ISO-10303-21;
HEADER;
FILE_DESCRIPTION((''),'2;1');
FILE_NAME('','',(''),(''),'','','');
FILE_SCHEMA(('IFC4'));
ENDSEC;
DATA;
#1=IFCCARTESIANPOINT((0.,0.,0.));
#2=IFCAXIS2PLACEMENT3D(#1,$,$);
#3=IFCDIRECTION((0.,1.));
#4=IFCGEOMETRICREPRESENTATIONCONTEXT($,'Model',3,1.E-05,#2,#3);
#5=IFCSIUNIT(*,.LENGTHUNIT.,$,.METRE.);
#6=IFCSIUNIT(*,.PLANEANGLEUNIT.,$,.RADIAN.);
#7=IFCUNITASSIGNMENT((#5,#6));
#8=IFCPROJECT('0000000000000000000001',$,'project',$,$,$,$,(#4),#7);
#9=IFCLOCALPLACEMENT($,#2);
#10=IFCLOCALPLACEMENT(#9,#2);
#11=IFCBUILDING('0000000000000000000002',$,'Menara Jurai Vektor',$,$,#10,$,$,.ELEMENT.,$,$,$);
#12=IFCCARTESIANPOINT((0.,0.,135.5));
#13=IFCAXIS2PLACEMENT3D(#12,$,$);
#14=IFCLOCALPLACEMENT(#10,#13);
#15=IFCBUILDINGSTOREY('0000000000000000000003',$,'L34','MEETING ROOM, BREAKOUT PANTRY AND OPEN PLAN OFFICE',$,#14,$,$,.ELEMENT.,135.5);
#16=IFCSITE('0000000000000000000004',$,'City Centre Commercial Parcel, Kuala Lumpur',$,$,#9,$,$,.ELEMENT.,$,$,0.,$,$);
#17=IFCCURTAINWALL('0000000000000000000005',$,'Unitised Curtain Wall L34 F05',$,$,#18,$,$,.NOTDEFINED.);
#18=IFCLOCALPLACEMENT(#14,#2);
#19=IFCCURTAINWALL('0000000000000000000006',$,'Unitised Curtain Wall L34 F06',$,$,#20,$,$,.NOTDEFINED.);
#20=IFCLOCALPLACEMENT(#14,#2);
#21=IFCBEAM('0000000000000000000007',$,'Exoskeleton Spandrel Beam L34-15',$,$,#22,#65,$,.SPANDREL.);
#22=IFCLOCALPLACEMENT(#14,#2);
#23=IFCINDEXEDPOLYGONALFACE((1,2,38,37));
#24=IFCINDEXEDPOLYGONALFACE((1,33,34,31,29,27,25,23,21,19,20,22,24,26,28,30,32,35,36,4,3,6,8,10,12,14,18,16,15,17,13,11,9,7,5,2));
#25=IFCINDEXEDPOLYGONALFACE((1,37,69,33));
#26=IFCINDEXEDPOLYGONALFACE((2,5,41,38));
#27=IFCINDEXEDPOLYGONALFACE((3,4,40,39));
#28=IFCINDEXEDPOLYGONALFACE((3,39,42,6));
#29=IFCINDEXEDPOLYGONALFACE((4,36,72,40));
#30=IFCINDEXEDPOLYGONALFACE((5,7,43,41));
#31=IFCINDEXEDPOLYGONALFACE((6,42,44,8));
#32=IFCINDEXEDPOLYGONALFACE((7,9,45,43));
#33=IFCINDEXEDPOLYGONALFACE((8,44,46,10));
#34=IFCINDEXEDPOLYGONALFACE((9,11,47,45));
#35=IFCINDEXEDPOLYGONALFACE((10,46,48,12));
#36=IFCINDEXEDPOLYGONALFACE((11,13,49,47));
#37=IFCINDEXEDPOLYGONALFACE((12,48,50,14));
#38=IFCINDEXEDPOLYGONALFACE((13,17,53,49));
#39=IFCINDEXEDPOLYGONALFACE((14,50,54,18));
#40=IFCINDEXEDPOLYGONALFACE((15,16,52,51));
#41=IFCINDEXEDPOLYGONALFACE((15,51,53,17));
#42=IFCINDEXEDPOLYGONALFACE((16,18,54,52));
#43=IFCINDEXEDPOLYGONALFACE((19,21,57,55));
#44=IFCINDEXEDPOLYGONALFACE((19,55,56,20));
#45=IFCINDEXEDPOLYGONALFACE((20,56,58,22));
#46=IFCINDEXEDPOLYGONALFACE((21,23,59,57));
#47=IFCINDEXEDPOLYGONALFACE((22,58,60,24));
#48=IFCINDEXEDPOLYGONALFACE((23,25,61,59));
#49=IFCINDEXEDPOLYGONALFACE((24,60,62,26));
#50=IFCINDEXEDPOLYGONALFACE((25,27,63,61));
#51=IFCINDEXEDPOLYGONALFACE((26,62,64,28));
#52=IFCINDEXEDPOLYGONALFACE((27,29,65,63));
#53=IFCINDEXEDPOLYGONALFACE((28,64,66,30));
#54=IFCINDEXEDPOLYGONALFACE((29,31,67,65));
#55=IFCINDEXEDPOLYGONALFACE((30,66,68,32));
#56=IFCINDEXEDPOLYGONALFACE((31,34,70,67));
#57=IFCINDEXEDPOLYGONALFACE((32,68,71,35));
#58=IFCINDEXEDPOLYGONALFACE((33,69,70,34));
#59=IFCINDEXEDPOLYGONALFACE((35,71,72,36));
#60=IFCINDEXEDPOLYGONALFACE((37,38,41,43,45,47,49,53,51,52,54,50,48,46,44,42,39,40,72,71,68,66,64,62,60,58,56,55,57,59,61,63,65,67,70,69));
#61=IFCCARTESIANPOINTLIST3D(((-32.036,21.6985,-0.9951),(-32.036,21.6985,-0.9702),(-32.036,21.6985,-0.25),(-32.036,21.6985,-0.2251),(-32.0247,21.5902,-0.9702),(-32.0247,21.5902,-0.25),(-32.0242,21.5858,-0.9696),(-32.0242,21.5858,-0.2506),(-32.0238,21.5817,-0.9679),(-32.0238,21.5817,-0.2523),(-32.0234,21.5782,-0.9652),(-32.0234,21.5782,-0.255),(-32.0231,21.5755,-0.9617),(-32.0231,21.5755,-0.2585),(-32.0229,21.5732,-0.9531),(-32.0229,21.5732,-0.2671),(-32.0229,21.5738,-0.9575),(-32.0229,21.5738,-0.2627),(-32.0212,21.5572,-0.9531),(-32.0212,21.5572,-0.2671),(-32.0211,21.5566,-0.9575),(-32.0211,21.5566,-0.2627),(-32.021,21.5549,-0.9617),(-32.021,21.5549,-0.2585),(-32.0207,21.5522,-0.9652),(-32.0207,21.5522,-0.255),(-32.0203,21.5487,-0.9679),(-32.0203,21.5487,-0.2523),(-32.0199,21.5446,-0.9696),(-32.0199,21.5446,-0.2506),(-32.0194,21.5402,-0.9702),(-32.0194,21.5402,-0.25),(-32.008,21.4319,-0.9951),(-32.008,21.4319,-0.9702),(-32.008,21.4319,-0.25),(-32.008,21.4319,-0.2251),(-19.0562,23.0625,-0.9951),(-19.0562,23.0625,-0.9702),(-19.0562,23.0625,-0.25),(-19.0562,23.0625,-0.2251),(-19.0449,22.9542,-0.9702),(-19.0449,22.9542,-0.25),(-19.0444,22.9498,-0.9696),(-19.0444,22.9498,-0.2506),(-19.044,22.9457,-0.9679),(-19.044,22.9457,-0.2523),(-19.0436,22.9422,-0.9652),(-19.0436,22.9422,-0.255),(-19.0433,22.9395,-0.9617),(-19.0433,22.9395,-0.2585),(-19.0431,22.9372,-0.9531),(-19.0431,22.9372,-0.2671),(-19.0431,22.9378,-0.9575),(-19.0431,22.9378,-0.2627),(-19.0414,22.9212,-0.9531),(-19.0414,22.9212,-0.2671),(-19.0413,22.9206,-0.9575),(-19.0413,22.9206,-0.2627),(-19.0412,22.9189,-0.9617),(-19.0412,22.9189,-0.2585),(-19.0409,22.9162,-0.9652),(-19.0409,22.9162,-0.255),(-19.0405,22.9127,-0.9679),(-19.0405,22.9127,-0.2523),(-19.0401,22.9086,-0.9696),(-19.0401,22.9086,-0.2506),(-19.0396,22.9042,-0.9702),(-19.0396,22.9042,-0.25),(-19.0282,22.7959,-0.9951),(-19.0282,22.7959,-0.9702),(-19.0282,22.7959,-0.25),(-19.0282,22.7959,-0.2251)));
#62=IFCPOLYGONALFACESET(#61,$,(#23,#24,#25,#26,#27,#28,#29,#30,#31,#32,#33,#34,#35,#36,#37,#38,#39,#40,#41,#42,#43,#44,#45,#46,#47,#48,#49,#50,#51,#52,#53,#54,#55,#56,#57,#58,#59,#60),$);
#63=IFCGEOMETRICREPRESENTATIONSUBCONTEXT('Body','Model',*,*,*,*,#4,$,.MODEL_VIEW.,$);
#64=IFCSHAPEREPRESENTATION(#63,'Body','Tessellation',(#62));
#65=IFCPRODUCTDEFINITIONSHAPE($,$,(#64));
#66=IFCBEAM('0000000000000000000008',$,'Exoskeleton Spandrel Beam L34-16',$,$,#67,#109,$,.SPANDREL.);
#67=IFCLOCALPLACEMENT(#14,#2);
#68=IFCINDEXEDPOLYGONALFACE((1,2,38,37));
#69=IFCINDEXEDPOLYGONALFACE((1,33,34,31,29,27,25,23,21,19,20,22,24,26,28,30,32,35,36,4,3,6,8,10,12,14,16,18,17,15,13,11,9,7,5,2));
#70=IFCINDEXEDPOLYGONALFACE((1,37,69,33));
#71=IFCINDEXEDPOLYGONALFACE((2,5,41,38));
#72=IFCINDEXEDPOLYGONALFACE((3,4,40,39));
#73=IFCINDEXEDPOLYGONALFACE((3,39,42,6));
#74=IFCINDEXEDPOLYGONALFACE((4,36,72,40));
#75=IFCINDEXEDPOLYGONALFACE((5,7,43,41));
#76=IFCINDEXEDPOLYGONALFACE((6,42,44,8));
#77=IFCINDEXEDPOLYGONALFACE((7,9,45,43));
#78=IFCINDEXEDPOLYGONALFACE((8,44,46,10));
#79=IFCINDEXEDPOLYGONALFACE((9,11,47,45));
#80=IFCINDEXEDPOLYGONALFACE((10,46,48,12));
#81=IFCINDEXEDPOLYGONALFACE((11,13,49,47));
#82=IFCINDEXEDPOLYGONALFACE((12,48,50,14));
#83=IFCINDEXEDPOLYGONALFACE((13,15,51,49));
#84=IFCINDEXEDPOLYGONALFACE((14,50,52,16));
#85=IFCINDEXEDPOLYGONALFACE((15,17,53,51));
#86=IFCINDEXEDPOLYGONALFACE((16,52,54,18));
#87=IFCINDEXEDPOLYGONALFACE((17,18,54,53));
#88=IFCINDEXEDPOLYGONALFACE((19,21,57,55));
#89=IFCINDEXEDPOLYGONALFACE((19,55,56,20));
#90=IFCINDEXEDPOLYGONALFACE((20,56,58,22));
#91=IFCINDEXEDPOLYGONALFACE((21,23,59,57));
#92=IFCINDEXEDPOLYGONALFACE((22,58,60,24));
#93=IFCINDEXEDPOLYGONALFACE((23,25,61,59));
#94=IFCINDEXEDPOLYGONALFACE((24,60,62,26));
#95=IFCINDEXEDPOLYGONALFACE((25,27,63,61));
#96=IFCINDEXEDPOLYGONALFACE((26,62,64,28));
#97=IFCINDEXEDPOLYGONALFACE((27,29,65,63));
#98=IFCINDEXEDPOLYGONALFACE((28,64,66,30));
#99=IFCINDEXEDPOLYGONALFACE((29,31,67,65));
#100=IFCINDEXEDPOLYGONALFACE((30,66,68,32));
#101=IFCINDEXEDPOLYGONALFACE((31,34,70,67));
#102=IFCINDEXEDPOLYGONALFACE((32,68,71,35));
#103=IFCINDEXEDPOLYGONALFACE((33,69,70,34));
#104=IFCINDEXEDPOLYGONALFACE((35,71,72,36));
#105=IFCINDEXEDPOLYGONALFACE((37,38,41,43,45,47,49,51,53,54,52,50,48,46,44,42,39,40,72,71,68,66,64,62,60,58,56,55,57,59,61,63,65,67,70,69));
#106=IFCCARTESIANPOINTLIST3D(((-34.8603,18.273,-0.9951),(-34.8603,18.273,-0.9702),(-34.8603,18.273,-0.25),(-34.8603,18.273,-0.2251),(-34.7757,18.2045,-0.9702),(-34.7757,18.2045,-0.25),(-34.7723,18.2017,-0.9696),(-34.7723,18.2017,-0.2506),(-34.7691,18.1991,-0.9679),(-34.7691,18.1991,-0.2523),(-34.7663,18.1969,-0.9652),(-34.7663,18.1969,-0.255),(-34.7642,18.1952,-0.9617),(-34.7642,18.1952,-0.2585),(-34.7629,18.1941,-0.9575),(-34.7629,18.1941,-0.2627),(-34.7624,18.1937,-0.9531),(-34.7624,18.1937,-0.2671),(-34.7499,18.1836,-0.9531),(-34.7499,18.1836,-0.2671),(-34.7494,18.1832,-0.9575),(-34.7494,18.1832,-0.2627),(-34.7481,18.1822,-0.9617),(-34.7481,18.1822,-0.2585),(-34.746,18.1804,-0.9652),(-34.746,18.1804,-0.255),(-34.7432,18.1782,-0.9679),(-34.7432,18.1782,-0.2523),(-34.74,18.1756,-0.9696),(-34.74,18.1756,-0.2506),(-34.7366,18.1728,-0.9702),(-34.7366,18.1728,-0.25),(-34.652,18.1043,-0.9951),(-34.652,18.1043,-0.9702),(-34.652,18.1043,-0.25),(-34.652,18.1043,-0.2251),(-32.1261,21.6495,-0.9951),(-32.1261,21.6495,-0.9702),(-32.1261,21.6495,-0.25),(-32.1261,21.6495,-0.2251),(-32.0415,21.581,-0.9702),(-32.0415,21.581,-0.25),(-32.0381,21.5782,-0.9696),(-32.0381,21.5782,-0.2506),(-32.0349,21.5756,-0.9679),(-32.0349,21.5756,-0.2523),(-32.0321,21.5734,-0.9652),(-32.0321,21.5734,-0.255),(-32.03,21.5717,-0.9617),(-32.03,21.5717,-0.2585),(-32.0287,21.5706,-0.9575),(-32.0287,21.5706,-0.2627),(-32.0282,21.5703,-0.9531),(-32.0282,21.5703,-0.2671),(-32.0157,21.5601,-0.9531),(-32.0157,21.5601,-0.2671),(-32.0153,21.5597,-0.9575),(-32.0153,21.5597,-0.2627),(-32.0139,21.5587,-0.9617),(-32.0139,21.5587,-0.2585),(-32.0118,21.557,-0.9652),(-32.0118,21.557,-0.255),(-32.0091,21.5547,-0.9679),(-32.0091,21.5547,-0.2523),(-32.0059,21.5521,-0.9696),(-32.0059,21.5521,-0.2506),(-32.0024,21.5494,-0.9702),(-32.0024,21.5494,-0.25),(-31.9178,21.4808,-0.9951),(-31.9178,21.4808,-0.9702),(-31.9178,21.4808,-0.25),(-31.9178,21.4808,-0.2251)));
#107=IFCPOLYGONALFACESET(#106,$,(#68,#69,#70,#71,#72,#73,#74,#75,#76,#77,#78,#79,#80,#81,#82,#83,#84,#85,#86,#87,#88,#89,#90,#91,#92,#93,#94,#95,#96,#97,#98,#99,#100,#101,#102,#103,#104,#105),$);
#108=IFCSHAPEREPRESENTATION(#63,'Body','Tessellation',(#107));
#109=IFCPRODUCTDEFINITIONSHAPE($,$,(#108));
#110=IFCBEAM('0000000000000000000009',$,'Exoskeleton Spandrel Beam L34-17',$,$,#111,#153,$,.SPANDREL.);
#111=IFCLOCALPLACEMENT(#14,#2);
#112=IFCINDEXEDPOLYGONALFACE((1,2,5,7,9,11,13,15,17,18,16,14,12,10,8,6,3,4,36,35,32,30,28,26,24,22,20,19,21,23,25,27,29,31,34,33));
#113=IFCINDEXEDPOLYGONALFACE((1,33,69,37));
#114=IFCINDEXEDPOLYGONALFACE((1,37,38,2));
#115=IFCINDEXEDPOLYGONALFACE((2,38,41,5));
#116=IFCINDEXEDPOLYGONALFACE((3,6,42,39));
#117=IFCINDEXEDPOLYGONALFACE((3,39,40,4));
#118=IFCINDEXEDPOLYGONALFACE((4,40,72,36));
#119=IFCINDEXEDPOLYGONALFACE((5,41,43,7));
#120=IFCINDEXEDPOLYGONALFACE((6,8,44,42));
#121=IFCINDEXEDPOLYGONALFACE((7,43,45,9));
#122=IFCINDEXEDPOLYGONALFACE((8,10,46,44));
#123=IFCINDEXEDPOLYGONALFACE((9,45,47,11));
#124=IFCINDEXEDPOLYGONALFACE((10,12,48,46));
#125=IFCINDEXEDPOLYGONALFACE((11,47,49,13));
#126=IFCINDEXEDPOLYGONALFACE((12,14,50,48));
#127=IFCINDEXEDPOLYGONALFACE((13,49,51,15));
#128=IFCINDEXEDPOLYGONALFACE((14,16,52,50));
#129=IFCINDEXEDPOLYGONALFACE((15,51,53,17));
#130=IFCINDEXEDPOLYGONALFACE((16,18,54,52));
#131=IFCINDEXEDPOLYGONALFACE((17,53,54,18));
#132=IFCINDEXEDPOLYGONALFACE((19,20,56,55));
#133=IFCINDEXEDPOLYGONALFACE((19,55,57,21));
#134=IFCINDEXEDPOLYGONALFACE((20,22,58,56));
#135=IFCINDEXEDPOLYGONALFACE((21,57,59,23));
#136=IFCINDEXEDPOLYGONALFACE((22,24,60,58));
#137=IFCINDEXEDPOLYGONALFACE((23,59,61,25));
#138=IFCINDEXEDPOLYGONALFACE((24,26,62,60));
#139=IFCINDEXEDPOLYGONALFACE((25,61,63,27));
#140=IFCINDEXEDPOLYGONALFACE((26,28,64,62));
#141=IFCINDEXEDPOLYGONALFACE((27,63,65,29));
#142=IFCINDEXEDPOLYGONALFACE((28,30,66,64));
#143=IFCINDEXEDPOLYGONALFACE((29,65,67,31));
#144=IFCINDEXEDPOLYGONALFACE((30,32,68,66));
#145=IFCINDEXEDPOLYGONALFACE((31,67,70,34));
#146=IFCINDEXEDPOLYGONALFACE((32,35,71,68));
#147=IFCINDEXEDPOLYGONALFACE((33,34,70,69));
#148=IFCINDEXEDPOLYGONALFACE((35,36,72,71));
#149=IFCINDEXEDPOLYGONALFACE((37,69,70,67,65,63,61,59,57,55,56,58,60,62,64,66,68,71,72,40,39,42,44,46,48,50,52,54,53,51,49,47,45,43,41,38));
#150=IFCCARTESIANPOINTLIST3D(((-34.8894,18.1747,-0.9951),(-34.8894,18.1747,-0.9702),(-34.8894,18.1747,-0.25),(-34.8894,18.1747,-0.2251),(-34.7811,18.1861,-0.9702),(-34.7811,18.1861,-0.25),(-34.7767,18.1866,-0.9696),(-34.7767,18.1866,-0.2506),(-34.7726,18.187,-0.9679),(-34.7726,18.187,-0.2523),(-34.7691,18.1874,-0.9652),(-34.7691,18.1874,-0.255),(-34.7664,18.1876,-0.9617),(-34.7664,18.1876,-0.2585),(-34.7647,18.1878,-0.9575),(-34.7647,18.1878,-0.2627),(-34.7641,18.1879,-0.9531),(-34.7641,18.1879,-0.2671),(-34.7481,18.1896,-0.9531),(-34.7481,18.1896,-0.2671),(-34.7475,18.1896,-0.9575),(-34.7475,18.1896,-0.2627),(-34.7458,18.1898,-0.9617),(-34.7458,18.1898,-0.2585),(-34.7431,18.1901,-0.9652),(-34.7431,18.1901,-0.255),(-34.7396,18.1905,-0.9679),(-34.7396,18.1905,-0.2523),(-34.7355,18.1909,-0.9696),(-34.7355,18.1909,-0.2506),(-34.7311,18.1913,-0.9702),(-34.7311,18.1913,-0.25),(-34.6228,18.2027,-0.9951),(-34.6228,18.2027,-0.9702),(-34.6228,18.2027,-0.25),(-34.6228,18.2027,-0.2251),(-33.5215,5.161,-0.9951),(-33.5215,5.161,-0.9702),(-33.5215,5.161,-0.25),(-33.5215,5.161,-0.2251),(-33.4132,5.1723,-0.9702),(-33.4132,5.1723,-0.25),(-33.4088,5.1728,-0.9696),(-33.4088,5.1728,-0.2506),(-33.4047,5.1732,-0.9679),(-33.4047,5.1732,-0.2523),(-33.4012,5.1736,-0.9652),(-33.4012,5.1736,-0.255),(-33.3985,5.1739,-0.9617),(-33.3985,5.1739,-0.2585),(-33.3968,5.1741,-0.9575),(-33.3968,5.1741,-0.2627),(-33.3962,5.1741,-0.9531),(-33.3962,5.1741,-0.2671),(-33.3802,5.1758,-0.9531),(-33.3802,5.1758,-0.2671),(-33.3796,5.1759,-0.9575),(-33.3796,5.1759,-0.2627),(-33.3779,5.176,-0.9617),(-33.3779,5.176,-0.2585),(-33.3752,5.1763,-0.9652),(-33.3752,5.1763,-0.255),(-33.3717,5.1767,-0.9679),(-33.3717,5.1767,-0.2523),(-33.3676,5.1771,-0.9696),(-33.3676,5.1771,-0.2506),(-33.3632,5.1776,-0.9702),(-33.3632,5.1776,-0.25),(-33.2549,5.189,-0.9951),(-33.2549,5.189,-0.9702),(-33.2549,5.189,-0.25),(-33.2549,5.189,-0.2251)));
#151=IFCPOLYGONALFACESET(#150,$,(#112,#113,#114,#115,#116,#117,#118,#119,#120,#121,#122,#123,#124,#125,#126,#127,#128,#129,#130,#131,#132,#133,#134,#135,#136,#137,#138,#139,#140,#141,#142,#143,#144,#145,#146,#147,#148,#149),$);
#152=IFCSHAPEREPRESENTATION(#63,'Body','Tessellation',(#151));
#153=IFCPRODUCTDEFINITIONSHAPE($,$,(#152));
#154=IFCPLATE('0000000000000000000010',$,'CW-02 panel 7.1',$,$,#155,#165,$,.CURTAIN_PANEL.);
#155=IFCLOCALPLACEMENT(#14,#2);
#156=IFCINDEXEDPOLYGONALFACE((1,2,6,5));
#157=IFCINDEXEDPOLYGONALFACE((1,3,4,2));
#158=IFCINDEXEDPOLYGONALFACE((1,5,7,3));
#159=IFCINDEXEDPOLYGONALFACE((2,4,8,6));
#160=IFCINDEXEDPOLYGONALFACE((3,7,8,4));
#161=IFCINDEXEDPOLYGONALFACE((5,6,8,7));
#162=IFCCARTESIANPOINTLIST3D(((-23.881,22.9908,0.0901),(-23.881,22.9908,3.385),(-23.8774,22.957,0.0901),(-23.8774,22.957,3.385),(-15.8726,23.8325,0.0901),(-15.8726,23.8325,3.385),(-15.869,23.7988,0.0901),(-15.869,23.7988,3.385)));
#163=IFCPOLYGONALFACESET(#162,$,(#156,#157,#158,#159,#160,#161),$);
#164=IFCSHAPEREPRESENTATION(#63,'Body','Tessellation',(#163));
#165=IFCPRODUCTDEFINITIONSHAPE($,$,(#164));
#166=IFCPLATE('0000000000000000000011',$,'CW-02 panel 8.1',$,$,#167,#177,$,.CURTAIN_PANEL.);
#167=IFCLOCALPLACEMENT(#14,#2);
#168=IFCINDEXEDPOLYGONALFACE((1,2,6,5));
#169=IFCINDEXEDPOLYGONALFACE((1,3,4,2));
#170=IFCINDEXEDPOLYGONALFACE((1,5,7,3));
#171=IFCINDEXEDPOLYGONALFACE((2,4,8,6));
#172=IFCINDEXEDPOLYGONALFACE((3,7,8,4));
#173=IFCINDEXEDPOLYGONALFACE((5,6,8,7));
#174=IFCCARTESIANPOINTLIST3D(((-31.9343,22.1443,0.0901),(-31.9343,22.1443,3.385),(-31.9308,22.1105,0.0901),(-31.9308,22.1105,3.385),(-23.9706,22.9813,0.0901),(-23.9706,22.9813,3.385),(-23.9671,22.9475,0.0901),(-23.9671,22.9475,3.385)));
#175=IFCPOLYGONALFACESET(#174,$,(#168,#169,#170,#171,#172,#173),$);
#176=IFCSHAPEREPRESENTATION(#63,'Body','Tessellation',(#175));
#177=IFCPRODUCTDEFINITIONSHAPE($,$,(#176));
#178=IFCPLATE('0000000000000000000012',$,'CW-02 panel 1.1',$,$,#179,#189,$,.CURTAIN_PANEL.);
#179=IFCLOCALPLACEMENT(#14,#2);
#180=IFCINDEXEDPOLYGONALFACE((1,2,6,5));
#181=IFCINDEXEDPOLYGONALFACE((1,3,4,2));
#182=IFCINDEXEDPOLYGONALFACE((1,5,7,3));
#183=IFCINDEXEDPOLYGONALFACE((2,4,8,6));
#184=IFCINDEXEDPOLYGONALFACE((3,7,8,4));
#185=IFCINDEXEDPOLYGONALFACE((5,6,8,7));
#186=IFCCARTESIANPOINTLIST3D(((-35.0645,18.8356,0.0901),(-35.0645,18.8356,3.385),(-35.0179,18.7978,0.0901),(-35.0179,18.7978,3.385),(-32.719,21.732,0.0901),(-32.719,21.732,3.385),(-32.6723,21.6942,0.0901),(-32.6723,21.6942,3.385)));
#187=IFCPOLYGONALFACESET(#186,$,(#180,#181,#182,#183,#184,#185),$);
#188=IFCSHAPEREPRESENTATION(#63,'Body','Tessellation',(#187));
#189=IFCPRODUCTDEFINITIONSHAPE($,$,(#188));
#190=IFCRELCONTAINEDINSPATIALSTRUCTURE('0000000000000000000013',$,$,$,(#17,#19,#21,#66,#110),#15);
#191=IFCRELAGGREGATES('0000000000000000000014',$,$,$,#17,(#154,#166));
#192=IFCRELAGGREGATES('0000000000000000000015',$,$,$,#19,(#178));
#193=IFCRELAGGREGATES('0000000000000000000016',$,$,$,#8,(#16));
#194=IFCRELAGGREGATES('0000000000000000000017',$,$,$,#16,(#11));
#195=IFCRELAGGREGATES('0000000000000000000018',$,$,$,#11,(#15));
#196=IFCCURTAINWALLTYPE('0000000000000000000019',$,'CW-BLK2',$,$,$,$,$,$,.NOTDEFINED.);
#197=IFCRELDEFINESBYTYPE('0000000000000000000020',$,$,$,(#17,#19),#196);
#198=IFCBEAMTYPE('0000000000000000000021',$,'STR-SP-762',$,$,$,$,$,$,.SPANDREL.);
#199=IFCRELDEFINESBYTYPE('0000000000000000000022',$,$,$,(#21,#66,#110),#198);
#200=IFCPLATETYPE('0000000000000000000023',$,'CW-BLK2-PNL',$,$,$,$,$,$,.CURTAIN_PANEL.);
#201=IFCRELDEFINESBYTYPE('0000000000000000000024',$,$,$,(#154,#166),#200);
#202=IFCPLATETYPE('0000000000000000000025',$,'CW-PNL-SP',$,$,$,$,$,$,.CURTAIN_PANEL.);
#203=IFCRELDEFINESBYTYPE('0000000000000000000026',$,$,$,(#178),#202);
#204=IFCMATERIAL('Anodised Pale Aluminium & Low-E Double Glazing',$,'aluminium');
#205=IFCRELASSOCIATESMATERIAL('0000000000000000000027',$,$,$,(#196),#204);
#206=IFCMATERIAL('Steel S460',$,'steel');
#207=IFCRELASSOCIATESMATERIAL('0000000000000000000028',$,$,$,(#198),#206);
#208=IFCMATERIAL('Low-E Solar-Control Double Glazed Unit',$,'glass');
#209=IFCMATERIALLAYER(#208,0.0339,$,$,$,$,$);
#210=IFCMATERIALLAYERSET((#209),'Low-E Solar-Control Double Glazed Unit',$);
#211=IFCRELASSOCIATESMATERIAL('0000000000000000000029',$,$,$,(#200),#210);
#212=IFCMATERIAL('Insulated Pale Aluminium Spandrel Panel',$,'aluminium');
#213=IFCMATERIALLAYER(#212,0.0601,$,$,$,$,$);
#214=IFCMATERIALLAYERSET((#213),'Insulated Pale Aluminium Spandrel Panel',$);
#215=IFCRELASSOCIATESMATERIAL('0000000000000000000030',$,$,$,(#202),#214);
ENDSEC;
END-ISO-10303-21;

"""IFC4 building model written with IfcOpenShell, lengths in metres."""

from ifc_helpers import new_model, si_unit, direction, frame, origin, origin_2d, place, context, subcontext, project, spatial, rectangle, i_section, extrude, material, layer, layer_set, material_profile, profile_set, type_object, element, aggregate, save


model = new_model("IFC4")

# Units and contexts
model_context = context("Model", 3, precision=1e-05, world=origin(), true_north=direction((0.0, 1.0)))
body_context = subcontext(model_context, "Body", "Model", "MODEL_VIEW")
ifc_project = project(units=[si_unit("LENGTHUNIT", "METRE"), si_unit("PLANEANGLEUNIT", "RADIAN")], contexts=[model_context])

# Site, building, storey
site_placement = place(None, origin())
site = spatial("IfcSite", under=ifc_project, at=site_placement, Name="City Centre Commercial Parcel, Kuala Lumpur", CompositionType="ELEMENT", RefElevation=0.0)
building_placement = place(site_placement, origin())
building = spatial("IfcBuilding", under=site, at=building_placement, Name="Menara Jurai Vektor", CompositionType="ELEMENT")
storey_placement = place(building_placement, frame((0.0, 0.0, 135.5)))
storey = spatial("IfcBuildingStorey", under=building, at=storey_placement, Name="L34", Description="MEETING ROOM, BREAKOUT PANTRY AND OPEN PLAN OFFICE", CompositionType="ELEMENT", Elevation=135.5)

# Shared definitions
ifc_material_1 = material(Name="Steel S460", Category="steel")

# Curtain walls
ifc_material_2 = material(Name="Anodised Pale Aluminium & Low-E Double Glazing", Category="aluminium")
curtain_wall_type = type_object("IfcCurtainWallType", Name="CW-BLK2", PredefinedType="NOTDEFINED", material=ifc_material_2)
curtain_wall_1_placement = place(storey_placement, origin())
curtain_wall_1 = element("IfcCurtainWall", 1, at=curtain_wall_1_placement, inside=storey, type_object=curtain_wall_type, Name="Unitised Curtain Wall L34 F05", PredefinedType="NOTDEFINED")
curtain_wall_2_placement = place(storey_placement, origin())
curtain_wall_2 = element("IfcCurtainWall", 2, at=curtain_wall_2_placement, inside=storey, type_object=curtain_wall_type, Name="Unitised Curtain Wall L34 F06", PredefinedType="NOTDEFINED")

# Beams
ifc_material_profile_1 = material_profile(ifc_material_1, i_section(OverallWidth=0.2681, OverallDepth=0.77, WebThickness=0.0161, FlangeThickness=0.0249, FilletRadius=0.0171, at=origin_2d()), Name="UKB 762x267x197")
ifc_profile_set_1 = profile_set([ifc_material_profile_1], Name="Steel S460")
beam_type_1 = type_object("IfcBeamType", Name="STR-SP-762", PredefinedType="SPANDREL", material=ifc_profile_set_1)
beam_1_placement = place(storey_placement, frame((-19.0422, 22.9292, -0.6101), z_axis=(-0.994524, -0.104512, 0.0), x_axis=(0.104512, -0.994524, 0.0)))
element("IfcBeam", 3, at=beam_1_placement, inside=storey, type_object=beam_type_1, Name="Exoskeleton Spandrel Beam L34-15", PredefinedType="SPANDREL", context=body_context, shape_type="SweptSolid", body=[
    extrude(i_section(OverallWidth=0.2681, OverallDepth=0.77, WebThickness=0.0161, FlangeThickness=0.0249, FilletRadius=0.0171, at=origin_2d()), origin(), (0.0, 0.0, 1.0), 13.0513),
])
beam_2_placement = place(storey_placement, frame((-32.022, 21.5652, -0.6101), z_axis=(-0.62931, -0.777155, 0.0), x_axis=(0.777155, -0.62931, 0.0)))
element("IfcBeam", 4, at=beam_2_placement, inside=storey, type_object=beam_type_1, Name="Exoskeleton Spandrel Beam L34-16", PredefinedType="SPANDREL", context=body_context, shape_type="SweptSolid", body=[
    extrude(i_section(OverallWidth=0.2681, OverallDepth=0.77, WebThickness=0.0161, FlangeThickness=0.0249, FilletRadius=0.0171, at=origin_2d()), origin(), (0.0, 0.0, 1.0), 4.3447),
])
beam_3_placement = place(storey_placement, frame((-34.7561, 18.1887, -0.6101), z_axis=(0.104538, -0.994521, 0.0), x_axis=(0.994521, 0.104538, 0.0)))
element("IfcBeam", 5, at=beam_3_placement, inside=storey, type_object=beam_type_1, Name="Exoskeleton Spandrel Beam L34-17", PredefinedType="SPANDREL", context=body_context, shape_type="SweptSolid", body=[
    extrude(i_section(OverallWidth=0.2681, OverallDepth=0.77, WebThickness=0.0161, FlangeThickness=0.0249, FilletRadius=0.0171, at=origin_2d()), origin(), (0.0, 0.0, 1.0), 13.0854),
])

# Plates
ifc_material_3 = material(Name="Low-E Solar-Control Double Glazed Unit", Category="glass")
ifc_layer_1 = layer(ifc_material_3, 0.0339)
ifc_layer_set_1 = layer_set([ifc_layer_1], Name="Low-E Solar-Control Double Glazed Unit")
plate_type_1 = type_object("IfcPlateType", Name="CW-BLK2-PNL", PredefinedType="CURTAIN_PANEL", material=ifc_layer_set_1)
plate_1_placement = place(storey_placement, frame((-19.875, 23.3948, 0.0901), z_axis=(0.0, 0.0, 1.0), x_axis=(-0.994522, -0.104529, 0.0)))
plate_1 = element("IfcPlate", 6, at=plate_1_placement, type_object=plate_type_1, Name="CW-02 panel 7.1", PredefinedType="CURTAIN_PANEL", context=body_context, shape_type="SweptSolid", body=[
    extrude(rectangle(XDim=8.0525, YDim=0.0339, at=origin_2d()), origin(), (0.0, 0.0, 1.0), 3.2949),
])
plate_2_placement = place(storey_placement, frame((-27.9507, 22.5459, 0.0901), z_axis=(0.0, 0.0, 1.0), x_axis=(-0.994522, -0.104529, 0.0)))
plate_2 = element("IfcPlate", 7, at=plate_2_placement, type_object=plate_type_1, Name="CW-02 panel 8.1", PredefinedType="CURTAIN_PANEL", context=body_context, shape_type="SweptSolid", body=[
    extrude(rectangle(XDim=8.0076, YDim=0.0339, at=origin_2d()), origin(), (0.0, 0.0, 1.0), 3.2949),
])
aggregate(curtain_wall_1, [plate_1, plate_2])
ifc_material_4 = material(Name="Insulated Pale Aluminium Spandrel Panel", Category="aluminium")
ifc_layer_2 = layer(ifc_material_4, 0.0601)
ifc_layer_set_2 = layer_set([ifc_layer_2], Name="Insulated Pale Aluminium Spandrel Panel")
plate_type_2 = type_object("IfcPlateType", Name="CW-PNL-SP", PredefinedType="CURTAIN_PANEL", material=ifc_layer_set_2)
plate_3_placement = place(storey_placement, frame((-33.8684, 20.2649, 0.0901), z_axis=(0.0, 0.0, 1.0), x_axis=(-0.629341, -0.777129, 0.0)))
plate_3 = element("IfcPlate", 8, at=plate_3_placement, type_object=plate_type_2, Name="CW-02 panel 1.1", PredefinedType="CURTAIN_PANEL", context=body_context, shape_type="SweptSolid", body=[
    extrude(rectangle(XDim=3.7271, YDim=0.0601, at=origin_2d()), origin(), (0.0, 0.0, 1.0), 3.2949),
])
aggregate(curtain_wall_2, [plate_3])

save(model, "model.ifc")
